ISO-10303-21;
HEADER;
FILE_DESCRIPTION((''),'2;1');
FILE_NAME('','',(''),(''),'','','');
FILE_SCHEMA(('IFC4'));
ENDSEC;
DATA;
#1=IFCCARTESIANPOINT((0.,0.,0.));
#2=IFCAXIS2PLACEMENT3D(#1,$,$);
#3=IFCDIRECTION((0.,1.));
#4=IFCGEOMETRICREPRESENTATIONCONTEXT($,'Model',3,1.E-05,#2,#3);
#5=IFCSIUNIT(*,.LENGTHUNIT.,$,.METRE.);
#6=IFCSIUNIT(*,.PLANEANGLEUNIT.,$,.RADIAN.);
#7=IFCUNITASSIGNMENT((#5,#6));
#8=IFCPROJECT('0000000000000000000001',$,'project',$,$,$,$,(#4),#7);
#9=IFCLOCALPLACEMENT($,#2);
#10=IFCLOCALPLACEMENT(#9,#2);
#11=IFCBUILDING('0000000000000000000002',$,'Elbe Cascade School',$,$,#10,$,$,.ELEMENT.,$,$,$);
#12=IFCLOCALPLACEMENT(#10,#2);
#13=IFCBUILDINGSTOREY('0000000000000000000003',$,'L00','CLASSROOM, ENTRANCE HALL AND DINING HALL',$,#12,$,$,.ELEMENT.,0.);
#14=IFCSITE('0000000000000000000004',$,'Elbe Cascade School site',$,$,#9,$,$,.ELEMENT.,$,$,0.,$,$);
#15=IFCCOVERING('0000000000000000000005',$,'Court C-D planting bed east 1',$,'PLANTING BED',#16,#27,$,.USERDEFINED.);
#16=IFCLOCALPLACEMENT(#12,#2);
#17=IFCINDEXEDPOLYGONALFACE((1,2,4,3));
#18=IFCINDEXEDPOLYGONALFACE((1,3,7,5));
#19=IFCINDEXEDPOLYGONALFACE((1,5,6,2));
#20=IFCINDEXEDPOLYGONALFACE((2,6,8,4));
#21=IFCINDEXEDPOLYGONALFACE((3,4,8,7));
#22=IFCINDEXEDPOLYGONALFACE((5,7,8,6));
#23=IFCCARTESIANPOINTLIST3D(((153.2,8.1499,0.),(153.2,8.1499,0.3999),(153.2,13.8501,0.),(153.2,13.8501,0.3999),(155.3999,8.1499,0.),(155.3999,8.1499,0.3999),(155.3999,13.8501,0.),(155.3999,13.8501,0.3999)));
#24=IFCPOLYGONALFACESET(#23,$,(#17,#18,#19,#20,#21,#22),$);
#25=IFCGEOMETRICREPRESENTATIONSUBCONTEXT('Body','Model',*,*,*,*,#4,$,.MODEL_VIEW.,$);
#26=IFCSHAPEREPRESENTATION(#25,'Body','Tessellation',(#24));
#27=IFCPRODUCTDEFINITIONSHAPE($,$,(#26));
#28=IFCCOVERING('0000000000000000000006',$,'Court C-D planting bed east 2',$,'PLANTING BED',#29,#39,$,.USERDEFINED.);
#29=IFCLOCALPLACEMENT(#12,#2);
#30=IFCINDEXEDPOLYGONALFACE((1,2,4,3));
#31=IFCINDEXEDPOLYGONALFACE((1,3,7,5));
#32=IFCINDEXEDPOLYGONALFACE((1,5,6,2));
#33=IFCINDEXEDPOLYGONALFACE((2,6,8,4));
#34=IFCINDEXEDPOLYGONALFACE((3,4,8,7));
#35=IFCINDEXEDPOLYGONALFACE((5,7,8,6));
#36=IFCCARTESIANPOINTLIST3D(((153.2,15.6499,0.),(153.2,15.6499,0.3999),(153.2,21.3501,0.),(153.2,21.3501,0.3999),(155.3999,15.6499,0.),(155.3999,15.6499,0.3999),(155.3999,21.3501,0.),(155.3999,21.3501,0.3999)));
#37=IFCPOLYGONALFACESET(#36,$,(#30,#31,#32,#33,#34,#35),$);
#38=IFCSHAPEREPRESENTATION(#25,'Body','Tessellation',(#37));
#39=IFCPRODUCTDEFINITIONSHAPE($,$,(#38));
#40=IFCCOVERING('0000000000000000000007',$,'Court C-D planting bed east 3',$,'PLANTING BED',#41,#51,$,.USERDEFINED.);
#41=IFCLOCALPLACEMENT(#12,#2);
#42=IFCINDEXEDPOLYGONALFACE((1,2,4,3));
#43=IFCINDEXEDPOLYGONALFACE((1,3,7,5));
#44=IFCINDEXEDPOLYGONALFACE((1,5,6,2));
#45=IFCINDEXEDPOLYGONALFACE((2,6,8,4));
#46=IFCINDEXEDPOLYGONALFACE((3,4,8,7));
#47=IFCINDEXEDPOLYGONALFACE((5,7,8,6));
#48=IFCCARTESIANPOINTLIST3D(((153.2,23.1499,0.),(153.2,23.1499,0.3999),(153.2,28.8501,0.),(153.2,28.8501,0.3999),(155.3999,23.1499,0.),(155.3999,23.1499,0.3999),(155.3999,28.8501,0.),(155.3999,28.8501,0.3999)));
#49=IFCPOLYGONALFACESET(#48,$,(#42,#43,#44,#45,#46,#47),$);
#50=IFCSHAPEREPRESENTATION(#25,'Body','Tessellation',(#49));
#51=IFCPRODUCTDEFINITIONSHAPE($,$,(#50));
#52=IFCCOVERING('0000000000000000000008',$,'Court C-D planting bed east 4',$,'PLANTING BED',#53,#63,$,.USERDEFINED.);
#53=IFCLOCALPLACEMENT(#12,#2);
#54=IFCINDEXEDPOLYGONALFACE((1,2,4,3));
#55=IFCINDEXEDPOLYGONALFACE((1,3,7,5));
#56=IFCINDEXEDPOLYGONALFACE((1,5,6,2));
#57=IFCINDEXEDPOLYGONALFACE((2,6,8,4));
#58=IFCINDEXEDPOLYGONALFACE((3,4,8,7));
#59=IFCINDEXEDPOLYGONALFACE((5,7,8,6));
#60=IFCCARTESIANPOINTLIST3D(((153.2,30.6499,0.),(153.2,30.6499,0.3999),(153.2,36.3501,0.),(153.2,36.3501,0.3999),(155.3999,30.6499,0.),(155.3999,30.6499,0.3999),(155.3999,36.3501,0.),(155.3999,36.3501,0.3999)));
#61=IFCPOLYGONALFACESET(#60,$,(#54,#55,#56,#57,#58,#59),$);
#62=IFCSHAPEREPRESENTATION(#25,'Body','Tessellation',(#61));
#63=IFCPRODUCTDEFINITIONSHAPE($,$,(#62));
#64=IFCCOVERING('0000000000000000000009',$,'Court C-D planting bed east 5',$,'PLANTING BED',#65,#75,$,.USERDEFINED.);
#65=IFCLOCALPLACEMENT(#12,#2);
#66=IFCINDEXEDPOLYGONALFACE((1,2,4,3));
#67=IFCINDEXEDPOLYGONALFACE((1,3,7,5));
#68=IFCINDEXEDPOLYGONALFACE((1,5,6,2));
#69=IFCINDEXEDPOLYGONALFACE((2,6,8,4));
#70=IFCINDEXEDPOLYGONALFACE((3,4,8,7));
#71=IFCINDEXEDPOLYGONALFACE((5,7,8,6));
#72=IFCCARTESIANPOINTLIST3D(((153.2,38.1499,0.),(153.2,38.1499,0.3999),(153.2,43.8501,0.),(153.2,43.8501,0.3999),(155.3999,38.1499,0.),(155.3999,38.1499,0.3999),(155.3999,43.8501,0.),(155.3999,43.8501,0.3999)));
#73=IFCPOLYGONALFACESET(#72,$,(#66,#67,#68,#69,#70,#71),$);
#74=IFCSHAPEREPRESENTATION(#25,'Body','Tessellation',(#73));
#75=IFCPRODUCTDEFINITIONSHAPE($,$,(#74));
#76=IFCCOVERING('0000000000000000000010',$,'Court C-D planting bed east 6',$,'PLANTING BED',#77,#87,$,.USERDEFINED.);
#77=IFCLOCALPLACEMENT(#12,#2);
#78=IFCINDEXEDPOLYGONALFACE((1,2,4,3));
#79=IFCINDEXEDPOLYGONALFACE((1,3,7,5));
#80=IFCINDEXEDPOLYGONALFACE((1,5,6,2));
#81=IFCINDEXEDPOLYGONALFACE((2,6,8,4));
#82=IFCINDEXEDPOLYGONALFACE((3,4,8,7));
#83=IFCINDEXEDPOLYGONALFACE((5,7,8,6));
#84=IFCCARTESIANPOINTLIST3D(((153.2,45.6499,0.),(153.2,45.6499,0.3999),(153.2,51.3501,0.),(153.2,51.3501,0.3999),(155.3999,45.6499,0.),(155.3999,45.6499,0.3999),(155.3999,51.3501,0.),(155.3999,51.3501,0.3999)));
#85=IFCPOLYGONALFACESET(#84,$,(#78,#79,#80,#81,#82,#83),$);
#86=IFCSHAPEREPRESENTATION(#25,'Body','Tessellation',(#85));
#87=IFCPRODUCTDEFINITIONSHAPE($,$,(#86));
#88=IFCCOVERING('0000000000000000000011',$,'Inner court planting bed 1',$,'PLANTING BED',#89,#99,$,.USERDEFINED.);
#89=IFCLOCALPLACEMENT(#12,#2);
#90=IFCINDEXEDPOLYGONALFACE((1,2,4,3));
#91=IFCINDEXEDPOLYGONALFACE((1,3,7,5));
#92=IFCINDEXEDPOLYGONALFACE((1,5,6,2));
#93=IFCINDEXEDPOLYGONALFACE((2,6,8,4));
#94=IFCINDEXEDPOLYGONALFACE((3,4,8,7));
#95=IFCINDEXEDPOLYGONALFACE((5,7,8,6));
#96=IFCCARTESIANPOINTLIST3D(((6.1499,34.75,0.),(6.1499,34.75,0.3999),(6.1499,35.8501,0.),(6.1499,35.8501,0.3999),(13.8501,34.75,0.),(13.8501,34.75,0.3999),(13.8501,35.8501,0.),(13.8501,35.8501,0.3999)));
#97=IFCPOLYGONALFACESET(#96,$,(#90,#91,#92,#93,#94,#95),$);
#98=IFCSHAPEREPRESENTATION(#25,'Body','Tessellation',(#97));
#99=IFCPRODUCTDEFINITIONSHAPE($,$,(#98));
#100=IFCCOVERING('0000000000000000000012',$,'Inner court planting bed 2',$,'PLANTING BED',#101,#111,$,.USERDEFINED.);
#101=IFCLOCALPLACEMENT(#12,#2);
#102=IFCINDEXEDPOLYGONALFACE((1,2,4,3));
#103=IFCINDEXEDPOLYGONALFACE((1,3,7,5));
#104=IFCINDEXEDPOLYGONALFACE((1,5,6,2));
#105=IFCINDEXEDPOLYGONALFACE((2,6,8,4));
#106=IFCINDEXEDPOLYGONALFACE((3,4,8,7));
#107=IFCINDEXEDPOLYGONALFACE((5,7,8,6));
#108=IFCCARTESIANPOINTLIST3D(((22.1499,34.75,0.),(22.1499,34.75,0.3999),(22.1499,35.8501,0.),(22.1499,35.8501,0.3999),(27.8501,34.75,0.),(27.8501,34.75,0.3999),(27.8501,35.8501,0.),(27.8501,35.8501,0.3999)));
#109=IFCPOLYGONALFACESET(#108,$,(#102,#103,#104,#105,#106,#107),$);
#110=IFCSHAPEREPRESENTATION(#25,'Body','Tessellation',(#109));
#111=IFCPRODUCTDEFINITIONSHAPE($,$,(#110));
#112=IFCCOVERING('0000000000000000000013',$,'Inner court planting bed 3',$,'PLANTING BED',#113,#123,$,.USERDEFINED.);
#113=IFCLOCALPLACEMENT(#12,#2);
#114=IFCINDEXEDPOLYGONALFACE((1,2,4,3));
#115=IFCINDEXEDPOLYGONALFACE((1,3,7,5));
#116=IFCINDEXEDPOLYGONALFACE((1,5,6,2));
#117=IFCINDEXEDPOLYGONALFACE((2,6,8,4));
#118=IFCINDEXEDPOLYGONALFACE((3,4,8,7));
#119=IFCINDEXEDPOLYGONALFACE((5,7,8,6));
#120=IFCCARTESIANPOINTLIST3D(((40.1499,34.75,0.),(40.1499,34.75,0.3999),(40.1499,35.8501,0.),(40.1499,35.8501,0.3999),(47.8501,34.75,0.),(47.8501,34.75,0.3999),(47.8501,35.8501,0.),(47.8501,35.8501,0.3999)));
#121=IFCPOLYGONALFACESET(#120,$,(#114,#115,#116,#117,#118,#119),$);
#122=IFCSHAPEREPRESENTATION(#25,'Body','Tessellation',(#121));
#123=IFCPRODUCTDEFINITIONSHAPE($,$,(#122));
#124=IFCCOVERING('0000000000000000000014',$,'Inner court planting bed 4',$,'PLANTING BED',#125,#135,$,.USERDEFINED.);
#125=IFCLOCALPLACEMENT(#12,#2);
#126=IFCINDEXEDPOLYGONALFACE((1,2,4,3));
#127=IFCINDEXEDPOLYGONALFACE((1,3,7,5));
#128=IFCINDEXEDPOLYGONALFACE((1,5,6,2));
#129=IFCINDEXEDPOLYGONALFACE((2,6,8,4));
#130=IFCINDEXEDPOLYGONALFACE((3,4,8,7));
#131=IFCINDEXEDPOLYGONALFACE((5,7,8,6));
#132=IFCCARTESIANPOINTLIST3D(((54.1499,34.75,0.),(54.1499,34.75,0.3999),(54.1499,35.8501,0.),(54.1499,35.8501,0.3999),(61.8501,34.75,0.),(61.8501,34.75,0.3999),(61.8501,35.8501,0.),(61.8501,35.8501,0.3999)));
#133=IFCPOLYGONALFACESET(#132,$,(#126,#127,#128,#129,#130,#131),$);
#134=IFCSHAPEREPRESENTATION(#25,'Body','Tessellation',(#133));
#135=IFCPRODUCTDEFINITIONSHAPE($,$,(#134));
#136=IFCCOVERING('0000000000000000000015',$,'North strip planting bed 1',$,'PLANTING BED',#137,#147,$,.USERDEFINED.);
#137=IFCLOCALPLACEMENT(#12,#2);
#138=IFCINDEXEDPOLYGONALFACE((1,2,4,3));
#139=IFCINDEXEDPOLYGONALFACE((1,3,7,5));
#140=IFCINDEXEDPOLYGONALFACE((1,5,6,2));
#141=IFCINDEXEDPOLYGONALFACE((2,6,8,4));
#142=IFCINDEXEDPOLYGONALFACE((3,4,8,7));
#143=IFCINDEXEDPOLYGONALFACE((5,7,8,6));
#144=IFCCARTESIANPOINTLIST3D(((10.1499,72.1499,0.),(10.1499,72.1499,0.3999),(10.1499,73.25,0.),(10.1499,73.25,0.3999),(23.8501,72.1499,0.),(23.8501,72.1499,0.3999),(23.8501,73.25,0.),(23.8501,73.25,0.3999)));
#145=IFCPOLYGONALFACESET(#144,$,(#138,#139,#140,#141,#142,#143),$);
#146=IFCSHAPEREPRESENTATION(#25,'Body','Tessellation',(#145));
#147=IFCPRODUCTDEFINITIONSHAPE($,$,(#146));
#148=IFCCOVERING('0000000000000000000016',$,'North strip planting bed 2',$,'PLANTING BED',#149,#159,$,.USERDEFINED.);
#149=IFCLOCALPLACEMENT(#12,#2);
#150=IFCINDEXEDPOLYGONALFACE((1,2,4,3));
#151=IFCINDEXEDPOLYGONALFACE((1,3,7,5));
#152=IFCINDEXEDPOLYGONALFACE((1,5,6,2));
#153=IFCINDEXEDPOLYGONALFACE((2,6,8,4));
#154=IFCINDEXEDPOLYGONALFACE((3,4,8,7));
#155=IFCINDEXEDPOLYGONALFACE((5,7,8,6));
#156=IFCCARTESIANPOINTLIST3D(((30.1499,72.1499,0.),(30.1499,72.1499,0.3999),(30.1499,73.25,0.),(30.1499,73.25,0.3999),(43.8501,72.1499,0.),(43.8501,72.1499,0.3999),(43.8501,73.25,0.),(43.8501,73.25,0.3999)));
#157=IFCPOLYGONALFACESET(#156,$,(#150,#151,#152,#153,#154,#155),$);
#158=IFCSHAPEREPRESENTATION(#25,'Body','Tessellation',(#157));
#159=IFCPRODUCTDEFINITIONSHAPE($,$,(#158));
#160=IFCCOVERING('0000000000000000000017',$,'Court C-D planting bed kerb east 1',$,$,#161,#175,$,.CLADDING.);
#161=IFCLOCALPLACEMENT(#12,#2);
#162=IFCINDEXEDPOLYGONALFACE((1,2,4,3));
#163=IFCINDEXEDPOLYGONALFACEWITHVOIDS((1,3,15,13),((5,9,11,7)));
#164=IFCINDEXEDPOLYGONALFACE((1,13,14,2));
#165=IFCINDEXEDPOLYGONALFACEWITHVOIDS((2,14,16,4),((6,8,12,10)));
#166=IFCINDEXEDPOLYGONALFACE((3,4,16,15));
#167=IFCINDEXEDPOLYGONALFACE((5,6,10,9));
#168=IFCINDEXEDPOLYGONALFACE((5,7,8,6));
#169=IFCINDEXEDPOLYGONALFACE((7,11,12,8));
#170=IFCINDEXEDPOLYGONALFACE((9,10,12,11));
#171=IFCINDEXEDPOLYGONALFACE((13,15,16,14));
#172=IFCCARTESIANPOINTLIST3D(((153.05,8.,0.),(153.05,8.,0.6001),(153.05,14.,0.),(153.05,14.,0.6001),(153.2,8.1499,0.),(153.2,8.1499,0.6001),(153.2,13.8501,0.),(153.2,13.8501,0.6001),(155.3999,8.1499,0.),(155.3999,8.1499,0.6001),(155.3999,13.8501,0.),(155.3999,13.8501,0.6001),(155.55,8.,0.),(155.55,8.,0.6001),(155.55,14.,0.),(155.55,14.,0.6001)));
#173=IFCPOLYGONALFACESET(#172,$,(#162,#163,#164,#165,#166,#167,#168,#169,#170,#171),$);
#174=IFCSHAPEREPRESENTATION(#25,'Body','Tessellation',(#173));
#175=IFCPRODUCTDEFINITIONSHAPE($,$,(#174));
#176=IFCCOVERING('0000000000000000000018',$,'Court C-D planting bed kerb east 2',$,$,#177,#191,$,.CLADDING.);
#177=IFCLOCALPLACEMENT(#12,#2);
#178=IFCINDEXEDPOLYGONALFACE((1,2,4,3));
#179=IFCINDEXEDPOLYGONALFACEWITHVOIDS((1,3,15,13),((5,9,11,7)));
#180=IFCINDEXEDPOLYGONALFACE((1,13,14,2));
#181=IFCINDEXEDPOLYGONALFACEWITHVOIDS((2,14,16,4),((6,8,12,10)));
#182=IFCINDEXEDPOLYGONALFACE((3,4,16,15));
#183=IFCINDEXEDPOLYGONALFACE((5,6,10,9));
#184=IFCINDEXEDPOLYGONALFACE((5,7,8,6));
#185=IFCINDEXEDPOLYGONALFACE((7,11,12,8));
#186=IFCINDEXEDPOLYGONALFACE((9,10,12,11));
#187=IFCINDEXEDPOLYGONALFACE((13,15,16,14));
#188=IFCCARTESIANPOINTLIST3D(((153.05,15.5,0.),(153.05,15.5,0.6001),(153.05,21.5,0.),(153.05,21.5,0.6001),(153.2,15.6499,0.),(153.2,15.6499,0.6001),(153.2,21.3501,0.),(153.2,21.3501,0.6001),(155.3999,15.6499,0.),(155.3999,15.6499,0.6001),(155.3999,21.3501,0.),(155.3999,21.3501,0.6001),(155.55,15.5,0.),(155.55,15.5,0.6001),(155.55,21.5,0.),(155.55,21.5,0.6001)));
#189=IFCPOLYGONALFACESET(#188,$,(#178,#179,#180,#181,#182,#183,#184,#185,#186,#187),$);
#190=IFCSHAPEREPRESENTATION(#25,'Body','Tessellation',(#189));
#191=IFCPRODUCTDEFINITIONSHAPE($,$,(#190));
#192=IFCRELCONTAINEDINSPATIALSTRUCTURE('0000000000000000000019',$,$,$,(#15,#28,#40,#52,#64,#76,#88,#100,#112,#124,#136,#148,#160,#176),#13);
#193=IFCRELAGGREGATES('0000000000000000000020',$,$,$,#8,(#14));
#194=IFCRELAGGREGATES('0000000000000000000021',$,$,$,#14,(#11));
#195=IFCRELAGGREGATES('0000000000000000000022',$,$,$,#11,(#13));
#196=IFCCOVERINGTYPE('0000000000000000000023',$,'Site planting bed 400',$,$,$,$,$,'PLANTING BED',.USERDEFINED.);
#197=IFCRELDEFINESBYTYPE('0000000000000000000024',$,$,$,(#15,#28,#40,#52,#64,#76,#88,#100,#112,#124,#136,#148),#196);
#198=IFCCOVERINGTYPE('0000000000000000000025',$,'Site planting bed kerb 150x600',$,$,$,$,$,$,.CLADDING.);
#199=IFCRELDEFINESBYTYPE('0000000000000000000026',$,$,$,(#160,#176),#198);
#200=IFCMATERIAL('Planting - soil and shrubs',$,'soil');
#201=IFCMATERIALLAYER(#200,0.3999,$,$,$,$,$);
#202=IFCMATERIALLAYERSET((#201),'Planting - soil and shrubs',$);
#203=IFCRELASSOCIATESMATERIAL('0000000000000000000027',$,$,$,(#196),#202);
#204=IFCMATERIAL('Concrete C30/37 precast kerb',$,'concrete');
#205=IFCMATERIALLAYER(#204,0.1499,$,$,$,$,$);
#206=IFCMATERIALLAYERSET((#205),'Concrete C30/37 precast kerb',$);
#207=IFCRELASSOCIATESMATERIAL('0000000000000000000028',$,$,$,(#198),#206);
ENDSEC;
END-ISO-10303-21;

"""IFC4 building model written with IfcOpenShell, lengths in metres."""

from ifc_helpers import new_model, si_unit, direction, origin, place, context, subcontext, project, spatial, polyline, outline, extrude, material, layer, layer_set, type_object, element, save


model = new_model("IFC4")

# Units and contexts
model_context = context("Model", 3, precision=1e-05, world=origin(), true_north=direction((0.0, 1.0)))
body_context = subcontext(model_context, "Body", "Model", "MODEL_VIEW")
ifc_project = project(units=[si_unit("LENGTHUNIT", "METRE"), si_unit("PLANEANGLEUNIT", "RADIAN")], contexts=[model_context])

# Site, building, storey
site_placement = place(None, origin())
site = spatial("IfcSite", under=ifc_project, at=site_placement, Name="Elbe Cascade School site", CompositionType="ELEMENT", RefElevation=0.0)
building_placement = place(site_placement, origin())
building = spatial("IfcBuilding", under=site, at=building_placement, Name="Elbe Cascade School", CompositionType="ELEMENT")
storey_placement = place(building_placement, origin())
storey = spatial("IfcBuildingStorey", under=building, at=storey_placement, Name="L00", Description="CLASSROOM, ENTRANCE HALL AND DINING HALL", CompositionType="ELEMENT", Elevation=0.0)

# Coverings
ifc_material_1 = material(Name="Planting - soil and shrubs", Category="soil")
ifc_layer_1 = layer(ifc_material_1, 0.3999)
ifc_layer_set_1 = layer_set([ifc_layer_1], Name="Planting - soil and shrubs")
covering_type_1 = type_object("IfcCoveringType", Name="Site planting bed 400", ElementType="PLANTING BED", PredefinedType="USERDEFINED", material=ifc_layer_set_1)
covering_1_placement = place(storey_placement, origin())
element("IfcCovering", 1, at=covering_1_placement, inside=storey, type_object=covering_type_1, Name="Court C-D planting bed east 1", ObjectType="PLANTING BED", PredefinedType="USERDEFINED", context=body_context, shape_type="SweptSolid", body=[
    extrude(outline(polyline([(153.2, 8.1499), (155.3999, 8.1499), (155.3999, 13.8501), (153.2, 13.8501), (153.2, 8.1499)])), origin(), (0.0, 0.0, 1.0), 0.3999),
])
covering_2_placement = place(storey_placement, origin())
element("IfcCovering", 2, at=covering_2_placement, inside=storey, type_object=covering_type_1, Name="Court C-D planting bed east 2", ObjectType="PLANTING BED", PredefinedType="USERDEFINED", context=body_context, shape_type="SweptSolid", body=[
    extrude(outline(polyline([(153.2, 15.6499), (155.3999, 15.6499), (155.3999, 21.3501), (153.2, 21.3501), (153.2, 15.6499)])), origin(), (0.0, 0.0, 1.0), 0.3999),
])
covering_3_placement = place(storey_placement, origin())
element("IfcCovering", 3, at=covering_3_placement, inside=storey, type_object=covering_type_1, Name="Court C-D planting bed east 3", ObjectType="PLANTING BED", PredefinedType="USERDEFINED", context=body_context, shape_type="SweptSolid", body=[
    extrude(outline(polyline([(153.2, 23.1499), (155.3999, 23.1499), (155.3999, 28.8501), (153.2, 28.8501), (153.2, 23.1499)])), origin(), (0.0, 0.0, 1.0), 0.3999),
])
covering_4_placement = place(storey_placement, origin())
element("IfcCovering", 4, at=covering_4_placement, inside=storey, type_object=covering_type_1, Name="Court C-D planting bed east 4", ObjectType="PLANTING BED", PredefinedType="USERDEFINED", context=body_context, shape_type="SweptSolid", body=[
    extrude(outline(polyline([(153.2, 30.6499), (155.3999, 30.6499), (155.3999, 36.3501), (153.2, 36.3501), (153.2, 30.6499)])), origin(), (0.0, 0.0, 1.0), 0.3999),
])
covering_5_placement = place(storey_placement, origin())
element("IfcCovering", 5, at=covering_5_placement, inside=storey, type_object=covering_type_1, Name="Court C-D planting bed east 5", ObjectType="PLANTING BED", PredefinedType="USERDEFINED", context=body_context, shape_type="SweptSolid", body=[
    extrude(outline(polyline([(153.2, 38.1499), (155.3999, 38.1499), (155.3999, 43.8501), (153.2, 43.8501), (153.2, 38.1499)])), origin(), (0.0, 0.0, 1.0), 0.3999),
])
covering_6_placement = place(storey_placement, origin())
element("IfcCovering", 6, at=covering_6_placement, inside=storey, type_object=covering_type_1, Name="Court C-D planting bed east 6", ObjectType="PLANTING BED", PredefinedType="USERDEFINED", context=body_context, shape_type="SweptSolid", body=[
    extrude(outline(polyline([(153.2, 45.6499), (155.3999, 45.6499), (155.3999, 51.3501), (153.2, 51.3501), (153.2, 45.6499)])), origin(), (0.0, 0.0, 1.0), 0.3999),
])
covering_7_placement = place(storey_placement, origin())
element("IfcCovering", 7, at=covering_7_placement, inside=storey, type_object=covering_type_1, Name="Inner court planting bed 1", ObjectType="PLANTING BED", PredefinedType="USERDEFINED", context=body_context, shape_type="SweptSolid", body=[
    extrude(outline(polyline([(6.1499, 34.75), (13.8501, 34.75), (13.8501, 35.8501), (6.1499, 35.8501), (6.1499, 34.75)])), origin(), (0.0, 0.0, 1.0), 0.3999),
])
covering_8_placement = place(storey_placement, origin())
element("IfcCovering", 8, at=covering_8_placement, inside=storey, type_object=covering_type_1, Name="Inner court planting bed 2", ObjectType="PLANTING BED", PredefinedType="USERDEFINED", context=body_context, shape_type="SweptSolid", body=[
    extrude(outline(polyline([(22.1499, 34.75), (27.8501, 34.75), (27.8501, 35.8501), (22.1499, 35.8501), (22.1499, 34.75)])), origin(), (0.0, 0.0, 1.0), 0.3999),
])
covering_9_placement = place(storey_placement, origin())
element("IfcCovering", 9, at=covering_9_placement, inside=storey, type_object=covering_type_1, Name="Inner court planting bed 3", ObjectType="PLANTING BED", PredefinedType="USERDEFINED", context=body_context, shape_type="SweptSolid", body=[
    extrude(outline(polyline([(40.1499, 34.75), (47.8501, 34.75), (47.8501, 35.8501), (40.1499, 35.8501), (40.1499, 34.75)])), origin(), (0.0, 0.0, 1.0), 0.3999),
])
covering_10_placement = place(storey_placement, origin())
element("IfcCovering", 10, at=covering_10_placement, inside=storey, type_object=covering_type_1, Name="Inner court planting bed 4", ObjectType="PLANTING BED", PredefinedType="USERDEFINED", context=body_context, shape_type="SweptSolid", body=[
    extrude(outline(polyline([(54.1499, 34.75), (61.8501, 34.75), (61.8501, 35.8501), (54.1499, 35.8501), (54.1499, 34.75)])), origin(), (0.0, 0.0, 1.0), 0.3999),
])
covering_11_placement = place(storey_placement, origin())
element("IfcCovering", 11, at=covering_11_placement, inside=storey, type_object=covering_type_1, Name="North strip planting bed 1", ObjectType="PLANTING BED", PredefinedType="USERDEFINED", context=body_context, shape_type="SweptSolid", body=[
    extrude(outline(polyline([(10.1499, 72.1499), (23.8501, 72.1499), (23.8501, 73.25), (10.1499, 73.25), (10.1499, 72.1499)])), origin(), (0.0, 0.0, 1.0), 0.3999),
])
covering_12_placement = place(storey_placement, origin())
element("IfcCovering", 12, at=covering_12_placement, inside=storey, type_object=covering_type_1, Name="North strip planting bed 2", ObjectType="PLANTING BED", PredefinedType="USERDEFINED", context=body_context, shape_type="SweptSolid", body=[
    extrude(outline(polyline([(30.1499, 72.1499), (43.8501, 72.1499), (43.8501, 73.25), (30.1499, 73.25), (30.1499, 72.1499)])), origin(), (0.0, 0.0, 1.0), 0.3999),
])
ifc_material_2 = material(Name="Concrete C30/37 precast kerb", Category="concrete")
ifc_layer_2 = layer(ifc_material_2, 0.1499)
ifc_layer_set_2 = layer_set([ifc_layer_2], Name="Concrete C30/37 precast kerb")
covering_type_2 = type_object("IfcCoveringType", Name="Site planting bed kerb 150x600", PredefinedType="CLADDING", material=ifc_layer_set_2)
covering_13_placement = place(storey_placement, origin())
element("IfcCovering", 13, at=covering_13_placement, inside=storey, type_object=covering_type_2, Name="Court C-D planting bed kerb east 1", PredefinedType="CLADDING", context=body_context, shape_type="SweptSolid", body=[
    extrude(outline(polyline([(153.05, 8.0), (155.55, 8.0), (155.55, 14.0), (153.05, 14.0), (153.05, 8.0)]), holes=[polyline([(153.2, 8.1499), (155.3999, 8.1499), (155.3999, 13.8501), (153.2, 13.8501), (153.2, 8.1499)])]), origin(), (0.0, 0.0, 1.0), 0.6001),
])
covering_14_placement = place(storey_placement, origin())
element("IfcCovering", 14, at=covering_14_placement, inside=storey, type_object=covering_type_2, Name="Court C-D planting bed kerb east 2", PredefinedType="CLADDING", context=body_context, shape_type="SweptSolid", body=[
    extrude(outline(polyline([(153.05, 15.5), (155.55, 15.5), (155.55, 21.5), (153.05, 21.5), (153.05, 15.5)]), holes=[polyline([(153.2, 15.6499), (155.3999, 15.6499), (155.3999, 21.3501), (153.2, 21.3501), (153.2, 15.6499)])]), origin(), (0.0, 0.0, 1.0), 0.6001),
])

save(model, "model.ifc")
